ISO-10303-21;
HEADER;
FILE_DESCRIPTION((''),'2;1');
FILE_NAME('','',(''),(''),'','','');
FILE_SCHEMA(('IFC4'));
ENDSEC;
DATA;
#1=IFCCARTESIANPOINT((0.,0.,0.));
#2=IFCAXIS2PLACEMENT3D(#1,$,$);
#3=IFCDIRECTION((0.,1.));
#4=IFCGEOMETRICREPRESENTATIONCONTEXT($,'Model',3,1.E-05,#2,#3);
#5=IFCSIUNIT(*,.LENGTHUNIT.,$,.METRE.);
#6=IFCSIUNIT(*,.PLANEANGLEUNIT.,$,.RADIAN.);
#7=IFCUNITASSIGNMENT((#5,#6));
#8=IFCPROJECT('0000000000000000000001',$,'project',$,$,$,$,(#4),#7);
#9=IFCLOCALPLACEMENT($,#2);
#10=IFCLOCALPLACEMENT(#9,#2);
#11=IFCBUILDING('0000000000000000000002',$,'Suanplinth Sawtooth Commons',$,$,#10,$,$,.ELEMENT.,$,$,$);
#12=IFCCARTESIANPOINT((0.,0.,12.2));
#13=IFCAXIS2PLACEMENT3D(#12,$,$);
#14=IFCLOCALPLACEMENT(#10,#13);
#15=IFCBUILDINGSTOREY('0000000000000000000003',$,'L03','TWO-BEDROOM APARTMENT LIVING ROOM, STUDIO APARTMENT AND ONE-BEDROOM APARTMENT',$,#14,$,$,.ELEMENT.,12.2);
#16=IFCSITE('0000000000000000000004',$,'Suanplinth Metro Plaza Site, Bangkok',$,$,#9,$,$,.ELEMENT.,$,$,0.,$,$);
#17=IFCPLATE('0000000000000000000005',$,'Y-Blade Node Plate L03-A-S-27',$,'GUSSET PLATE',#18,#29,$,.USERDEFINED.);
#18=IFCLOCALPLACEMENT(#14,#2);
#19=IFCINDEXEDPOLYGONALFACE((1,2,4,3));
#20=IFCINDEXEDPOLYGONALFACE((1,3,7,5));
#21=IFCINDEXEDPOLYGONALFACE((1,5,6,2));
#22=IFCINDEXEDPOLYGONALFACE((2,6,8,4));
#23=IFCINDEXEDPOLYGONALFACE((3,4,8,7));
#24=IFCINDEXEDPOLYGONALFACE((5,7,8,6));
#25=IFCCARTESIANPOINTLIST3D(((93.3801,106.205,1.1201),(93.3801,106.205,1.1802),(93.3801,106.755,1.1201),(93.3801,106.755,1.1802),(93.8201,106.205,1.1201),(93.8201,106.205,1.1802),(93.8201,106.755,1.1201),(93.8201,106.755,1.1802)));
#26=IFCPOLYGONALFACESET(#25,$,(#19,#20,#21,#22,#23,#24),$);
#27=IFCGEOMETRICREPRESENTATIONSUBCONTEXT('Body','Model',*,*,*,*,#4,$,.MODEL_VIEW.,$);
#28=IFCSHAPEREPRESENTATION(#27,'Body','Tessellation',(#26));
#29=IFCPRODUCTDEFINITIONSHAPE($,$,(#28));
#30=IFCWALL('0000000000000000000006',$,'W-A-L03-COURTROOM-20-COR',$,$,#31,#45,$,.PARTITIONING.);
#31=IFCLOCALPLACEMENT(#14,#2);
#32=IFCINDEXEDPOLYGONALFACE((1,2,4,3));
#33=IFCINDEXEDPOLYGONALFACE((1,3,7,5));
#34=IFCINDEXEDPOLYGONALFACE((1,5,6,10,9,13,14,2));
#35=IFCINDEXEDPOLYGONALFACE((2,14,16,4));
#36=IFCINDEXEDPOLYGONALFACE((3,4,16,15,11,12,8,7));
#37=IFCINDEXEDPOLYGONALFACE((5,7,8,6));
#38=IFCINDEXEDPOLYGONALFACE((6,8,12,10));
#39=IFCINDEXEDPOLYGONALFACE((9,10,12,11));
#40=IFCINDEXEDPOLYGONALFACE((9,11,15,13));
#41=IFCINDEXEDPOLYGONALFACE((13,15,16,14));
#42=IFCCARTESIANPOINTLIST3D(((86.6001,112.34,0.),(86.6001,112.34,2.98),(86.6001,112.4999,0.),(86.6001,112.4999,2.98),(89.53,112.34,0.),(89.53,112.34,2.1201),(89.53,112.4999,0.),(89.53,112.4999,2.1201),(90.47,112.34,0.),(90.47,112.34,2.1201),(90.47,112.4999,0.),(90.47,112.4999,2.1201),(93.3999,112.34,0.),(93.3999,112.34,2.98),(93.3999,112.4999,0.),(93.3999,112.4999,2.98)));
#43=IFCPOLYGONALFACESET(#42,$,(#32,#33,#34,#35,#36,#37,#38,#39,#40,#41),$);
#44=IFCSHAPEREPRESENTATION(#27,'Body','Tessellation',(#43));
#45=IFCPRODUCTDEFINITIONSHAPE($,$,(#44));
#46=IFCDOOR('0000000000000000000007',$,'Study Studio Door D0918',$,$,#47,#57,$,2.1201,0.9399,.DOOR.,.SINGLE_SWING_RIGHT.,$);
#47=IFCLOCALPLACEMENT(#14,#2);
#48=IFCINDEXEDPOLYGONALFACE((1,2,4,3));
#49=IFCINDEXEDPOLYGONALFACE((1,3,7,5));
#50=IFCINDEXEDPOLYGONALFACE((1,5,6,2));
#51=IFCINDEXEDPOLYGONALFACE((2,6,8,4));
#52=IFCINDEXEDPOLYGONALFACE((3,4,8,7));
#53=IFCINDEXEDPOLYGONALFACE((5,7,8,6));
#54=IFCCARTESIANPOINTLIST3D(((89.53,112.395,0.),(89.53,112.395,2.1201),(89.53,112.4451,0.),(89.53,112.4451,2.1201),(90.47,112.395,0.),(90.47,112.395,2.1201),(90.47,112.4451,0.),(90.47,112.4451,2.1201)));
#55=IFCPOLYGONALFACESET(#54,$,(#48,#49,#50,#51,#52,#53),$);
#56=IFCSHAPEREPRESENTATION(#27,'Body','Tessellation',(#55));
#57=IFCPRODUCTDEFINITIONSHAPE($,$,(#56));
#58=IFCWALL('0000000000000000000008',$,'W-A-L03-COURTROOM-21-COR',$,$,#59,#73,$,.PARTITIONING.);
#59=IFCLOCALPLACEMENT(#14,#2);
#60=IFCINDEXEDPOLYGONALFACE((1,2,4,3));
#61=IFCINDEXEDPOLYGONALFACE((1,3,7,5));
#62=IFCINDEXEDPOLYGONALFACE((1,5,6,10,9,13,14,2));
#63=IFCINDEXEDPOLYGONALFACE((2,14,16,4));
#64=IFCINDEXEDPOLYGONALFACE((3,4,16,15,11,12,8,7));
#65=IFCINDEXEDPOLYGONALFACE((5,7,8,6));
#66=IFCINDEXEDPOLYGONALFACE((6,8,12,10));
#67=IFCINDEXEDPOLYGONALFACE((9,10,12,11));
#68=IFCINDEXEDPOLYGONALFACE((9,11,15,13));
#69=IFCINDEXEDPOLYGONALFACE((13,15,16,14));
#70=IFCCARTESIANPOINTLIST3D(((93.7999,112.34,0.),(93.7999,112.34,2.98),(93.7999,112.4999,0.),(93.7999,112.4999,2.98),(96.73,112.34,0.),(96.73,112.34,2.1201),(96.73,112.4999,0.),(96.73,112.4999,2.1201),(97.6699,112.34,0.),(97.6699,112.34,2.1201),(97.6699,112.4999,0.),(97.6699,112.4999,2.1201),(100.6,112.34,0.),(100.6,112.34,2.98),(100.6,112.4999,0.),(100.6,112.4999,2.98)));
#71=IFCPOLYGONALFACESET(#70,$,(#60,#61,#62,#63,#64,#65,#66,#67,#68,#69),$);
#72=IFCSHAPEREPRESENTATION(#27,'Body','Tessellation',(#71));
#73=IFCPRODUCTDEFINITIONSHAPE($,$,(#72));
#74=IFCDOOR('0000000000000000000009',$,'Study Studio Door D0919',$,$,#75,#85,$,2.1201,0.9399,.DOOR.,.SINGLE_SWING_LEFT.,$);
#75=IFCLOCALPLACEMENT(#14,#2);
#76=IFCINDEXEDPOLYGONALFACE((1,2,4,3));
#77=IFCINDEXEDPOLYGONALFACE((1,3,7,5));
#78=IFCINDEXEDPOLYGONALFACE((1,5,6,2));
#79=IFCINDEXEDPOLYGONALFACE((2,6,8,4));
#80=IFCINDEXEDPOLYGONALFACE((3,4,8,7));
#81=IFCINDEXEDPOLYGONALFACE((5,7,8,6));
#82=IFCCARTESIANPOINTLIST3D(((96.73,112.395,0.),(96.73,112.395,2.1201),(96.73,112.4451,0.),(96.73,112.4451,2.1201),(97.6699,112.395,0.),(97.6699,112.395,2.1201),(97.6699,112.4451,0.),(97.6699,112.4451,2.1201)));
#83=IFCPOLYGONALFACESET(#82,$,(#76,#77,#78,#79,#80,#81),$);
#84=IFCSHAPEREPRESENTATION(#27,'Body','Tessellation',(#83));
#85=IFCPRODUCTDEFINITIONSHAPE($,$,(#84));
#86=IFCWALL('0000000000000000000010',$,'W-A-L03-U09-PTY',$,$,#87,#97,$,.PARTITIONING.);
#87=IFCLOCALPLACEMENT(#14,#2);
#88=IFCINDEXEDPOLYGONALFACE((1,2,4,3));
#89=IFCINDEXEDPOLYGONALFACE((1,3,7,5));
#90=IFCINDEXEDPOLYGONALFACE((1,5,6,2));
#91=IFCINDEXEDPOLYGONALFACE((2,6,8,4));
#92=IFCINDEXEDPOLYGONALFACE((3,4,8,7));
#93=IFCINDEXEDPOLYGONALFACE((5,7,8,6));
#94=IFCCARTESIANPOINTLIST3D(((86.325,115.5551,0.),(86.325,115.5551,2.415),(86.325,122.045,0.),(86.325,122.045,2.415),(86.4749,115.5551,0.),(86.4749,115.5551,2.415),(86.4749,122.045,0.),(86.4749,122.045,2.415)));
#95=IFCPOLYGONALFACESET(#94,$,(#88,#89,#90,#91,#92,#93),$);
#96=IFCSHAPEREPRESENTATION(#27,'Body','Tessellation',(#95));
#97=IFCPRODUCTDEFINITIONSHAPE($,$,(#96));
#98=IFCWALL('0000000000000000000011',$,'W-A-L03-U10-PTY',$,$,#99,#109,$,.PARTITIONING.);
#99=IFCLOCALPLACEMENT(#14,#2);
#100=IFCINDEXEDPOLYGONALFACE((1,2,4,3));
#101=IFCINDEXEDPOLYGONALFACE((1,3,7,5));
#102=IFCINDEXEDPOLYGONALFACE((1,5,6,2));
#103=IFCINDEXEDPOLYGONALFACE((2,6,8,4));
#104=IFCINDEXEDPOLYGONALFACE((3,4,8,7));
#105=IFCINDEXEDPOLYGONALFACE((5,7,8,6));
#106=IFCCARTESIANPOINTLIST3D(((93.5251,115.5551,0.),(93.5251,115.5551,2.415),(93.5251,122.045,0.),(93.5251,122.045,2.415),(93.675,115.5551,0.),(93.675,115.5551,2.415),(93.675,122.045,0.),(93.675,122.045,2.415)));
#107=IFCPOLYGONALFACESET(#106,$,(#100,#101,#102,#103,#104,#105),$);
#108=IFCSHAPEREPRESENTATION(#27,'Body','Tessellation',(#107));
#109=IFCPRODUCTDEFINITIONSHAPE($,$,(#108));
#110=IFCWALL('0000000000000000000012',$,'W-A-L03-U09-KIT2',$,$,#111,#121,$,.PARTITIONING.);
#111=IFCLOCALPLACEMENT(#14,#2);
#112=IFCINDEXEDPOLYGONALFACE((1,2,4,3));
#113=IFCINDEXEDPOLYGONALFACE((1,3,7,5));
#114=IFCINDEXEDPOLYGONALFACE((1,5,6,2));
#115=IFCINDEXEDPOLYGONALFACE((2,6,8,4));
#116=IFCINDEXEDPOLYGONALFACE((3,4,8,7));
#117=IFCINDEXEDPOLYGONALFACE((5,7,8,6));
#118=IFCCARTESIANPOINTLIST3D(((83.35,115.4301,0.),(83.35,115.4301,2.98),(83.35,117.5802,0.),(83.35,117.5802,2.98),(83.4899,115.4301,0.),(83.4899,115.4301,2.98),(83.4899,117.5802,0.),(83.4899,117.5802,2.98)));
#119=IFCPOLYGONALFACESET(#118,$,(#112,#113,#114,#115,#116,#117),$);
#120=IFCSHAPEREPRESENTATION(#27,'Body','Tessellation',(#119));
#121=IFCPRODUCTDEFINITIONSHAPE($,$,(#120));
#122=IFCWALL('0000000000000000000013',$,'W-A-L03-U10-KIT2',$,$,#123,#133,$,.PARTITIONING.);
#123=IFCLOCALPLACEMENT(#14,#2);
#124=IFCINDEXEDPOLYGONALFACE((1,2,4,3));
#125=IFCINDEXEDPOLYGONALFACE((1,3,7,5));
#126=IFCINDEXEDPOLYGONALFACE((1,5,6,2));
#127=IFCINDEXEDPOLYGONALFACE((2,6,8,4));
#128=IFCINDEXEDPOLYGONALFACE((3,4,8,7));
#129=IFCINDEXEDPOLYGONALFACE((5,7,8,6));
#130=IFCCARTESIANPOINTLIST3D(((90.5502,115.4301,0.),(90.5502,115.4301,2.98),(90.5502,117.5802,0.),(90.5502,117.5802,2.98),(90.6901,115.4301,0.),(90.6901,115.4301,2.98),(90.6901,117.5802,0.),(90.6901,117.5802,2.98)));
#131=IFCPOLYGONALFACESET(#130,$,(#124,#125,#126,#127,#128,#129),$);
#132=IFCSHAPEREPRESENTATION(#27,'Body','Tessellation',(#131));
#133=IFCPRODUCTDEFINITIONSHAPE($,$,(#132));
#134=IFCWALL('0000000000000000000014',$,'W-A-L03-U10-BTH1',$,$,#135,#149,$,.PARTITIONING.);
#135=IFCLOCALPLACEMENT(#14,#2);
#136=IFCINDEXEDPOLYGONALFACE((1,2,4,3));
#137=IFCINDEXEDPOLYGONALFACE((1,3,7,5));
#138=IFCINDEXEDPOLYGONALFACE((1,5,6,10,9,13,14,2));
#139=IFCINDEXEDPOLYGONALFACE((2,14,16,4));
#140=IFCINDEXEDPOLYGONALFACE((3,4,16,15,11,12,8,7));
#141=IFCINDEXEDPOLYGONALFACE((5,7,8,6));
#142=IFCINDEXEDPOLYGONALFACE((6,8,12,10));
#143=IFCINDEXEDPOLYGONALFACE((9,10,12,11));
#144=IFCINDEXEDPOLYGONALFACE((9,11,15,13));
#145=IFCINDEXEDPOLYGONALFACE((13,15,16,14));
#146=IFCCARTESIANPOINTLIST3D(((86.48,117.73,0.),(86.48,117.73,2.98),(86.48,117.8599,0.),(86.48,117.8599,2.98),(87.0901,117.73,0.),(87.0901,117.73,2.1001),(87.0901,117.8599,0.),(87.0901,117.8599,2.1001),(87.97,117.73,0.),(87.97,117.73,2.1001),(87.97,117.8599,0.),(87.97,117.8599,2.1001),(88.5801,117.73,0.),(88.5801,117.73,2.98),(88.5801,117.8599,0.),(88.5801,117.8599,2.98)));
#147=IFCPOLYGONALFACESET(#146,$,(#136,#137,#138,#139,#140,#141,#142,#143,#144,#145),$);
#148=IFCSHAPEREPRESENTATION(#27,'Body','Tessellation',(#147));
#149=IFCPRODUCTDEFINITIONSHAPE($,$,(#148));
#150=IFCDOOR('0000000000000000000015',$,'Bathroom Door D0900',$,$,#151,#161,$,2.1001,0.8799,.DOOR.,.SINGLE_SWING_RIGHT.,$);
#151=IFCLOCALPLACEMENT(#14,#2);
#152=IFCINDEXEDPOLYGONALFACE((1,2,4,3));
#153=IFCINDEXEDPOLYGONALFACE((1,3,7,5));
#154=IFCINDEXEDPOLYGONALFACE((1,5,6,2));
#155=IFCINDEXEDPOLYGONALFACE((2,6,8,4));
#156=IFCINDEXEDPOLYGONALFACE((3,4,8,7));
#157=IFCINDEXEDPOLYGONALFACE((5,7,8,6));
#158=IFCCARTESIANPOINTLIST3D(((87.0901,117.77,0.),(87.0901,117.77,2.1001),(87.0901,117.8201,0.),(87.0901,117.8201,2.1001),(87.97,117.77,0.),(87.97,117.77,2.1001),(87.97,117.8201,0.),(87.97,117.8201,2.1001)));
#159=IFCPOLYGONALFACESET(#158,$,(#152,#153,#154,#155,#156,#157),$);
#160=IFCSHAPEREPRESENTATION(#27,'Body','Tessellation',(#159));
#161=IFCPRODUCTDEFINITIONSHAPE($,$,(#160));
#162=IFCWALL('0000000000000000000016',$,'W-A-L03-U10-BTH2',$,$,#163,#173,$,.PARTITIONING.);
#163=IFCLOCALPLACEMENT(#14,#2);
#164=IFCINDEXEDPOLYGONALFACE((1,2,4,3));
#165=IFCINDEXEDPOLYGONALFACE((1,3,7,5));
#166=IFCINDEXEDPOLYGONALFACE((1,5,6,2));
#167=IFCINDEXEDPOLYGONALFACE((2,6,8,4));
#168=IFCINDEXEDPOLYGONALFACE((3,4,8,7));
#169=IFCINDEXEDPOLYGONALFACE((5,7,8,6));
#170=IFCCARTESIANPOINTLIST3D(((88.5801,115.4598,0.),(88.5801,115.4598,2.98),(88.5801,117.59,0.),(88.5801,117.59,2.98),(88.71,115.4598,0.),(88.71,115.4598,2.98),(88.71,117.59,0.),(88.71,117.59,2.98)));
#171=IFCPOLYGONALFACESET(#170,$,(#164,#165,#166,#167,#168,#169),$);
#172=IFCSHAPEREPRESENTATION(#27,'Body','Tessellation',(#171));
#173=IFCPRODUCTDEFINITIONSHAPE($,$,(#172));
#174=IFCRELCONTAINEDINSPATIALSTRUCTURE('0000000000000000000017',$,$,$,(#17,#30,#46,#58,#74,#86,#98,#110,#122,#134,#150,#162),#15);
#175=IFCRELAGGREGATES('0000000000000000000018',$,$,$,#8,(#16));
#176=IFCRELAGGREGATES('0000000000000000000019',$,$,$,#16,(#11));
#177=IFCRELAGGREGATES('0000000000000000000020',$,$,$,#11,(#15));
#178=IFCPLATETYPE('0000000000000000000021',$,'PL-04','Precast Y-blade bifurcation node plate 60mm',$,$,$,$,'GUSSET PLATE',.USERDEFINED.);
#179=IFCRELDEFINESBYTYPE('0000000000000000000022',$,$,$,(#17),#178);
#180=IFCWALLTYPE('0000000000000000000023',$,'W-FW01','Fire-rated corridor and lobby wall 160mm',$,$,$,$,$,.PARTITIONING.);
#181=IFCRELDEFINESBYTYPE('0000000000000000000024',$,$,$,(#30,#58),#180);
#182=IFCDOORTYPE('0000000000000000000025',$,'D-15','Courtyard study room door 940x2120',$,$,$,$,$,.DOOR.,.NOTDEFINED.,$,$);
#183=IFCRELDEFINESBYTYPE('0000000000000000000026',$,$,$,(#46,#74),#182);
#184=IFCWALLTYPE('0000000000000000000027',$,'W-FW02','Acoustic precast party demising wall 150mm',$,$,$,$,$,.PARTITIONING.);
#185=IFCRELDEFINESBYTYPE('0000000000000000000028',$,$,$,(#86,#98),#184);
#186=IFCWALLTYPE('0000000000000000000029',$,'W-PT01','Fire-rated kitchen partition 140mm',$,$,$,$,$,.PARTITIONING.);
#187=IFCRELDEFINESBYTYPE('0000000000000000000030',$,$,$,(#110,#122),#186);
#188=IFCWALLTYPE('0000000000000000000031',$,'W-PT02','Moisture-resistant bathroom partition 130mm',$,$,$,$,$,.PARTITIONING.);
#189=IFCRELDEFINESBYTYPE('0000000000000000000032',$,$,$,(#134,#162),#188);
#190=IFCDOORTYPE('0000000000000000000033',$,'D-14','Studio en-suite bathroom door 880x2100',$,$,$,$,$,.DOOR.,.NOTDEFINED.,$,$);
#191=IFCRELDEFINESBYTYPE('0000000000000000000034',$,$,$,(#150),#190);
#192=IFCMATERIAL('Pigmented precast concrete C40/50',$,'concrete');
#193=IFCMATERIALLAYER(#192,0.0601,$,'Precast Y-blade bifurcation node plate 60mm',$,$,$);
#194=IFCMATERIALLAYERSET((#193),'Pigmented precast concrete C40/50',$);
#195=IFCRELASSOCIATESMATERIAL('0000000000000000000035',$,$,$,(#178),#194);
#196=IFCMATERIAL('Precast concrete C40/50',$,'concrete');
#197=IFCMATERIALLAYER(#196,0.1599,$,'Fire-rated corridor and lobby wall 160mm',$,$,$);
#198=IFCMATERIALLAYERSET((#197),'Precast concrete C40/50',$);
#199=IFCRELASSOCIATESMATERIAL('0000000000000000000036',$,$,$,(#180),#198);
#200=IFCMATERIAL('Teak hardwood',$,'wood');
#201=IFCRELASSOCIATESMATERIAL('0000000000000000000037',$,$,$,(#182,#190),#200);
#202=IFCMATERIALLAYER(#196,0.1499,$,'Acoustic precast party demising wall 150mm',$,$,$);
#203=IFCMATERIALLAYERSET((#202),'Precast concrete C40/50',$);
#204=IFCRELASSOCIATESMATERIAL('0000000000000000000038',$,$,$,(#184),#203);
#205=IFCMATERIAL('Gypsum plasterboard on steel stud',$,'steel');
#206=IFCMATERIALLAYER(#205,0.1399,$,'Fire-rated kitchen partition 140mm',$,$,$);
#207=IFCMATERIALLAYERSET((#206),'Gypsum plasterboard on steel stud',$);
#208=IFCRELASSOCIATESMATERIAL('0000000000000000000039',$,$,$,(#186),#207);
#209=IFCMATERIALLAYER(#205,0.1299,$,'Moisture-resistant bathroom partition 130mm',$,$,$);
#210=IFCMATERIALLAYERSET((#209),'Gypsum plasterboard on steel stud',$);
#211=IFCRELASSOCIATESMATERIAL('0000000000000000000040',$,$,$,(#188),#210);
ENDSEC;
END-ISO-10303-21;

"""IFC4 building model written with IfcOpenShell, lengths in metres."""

from ifc_helpers import new_model, si_unit, direction, frame, frame_2d, origin, origin_2d, place, context, subcontext, project, spatial, rectangle, extrude, material, layer, layer_set, type_object, element, fill, save


model = new_model("IFC4")

# Units and contexts
model_context = context("Model", 3, precision=1e-05, world=origin(), true_north=direction((0.0, 1.0)))
body_context = subcontext(model_context, "Body", "Model", "MODEL_VIEW")
ifc_project = project(units=[si_unit("LENGTHUNIT", "METRE"), si_unit("PLANEANGLEUNIT", "RADIAN")], contexts=[model_context])

# Site, building, storey
site_placement = place(None, origin())
site = spatial("IfcSite", under=ifc_project, at=site_placement, Name="Suanplinth Metro Plaza Site, Bangkok", CompositionType="ELEMENT", RefElevation=0.0)
building_placement = place(site_placement, origin())
building = spatial("IfcBuilding", under=site, at=building_placement, Name="Suanplinth Sawtooth Commons", CompositionType="ELEMENT")
storey_placement = place(building_placement, frame((0.0, 0.0, 12.2)))
storey = spatial("IfcBuildingStorey", under=building, at=storey_placement, Name="L03", Description="TWO-BEDROOM APARTMENT LIVING ROOM, STUDIO APARTMENT AND ONE-BEDROOM APARTMENT", CompositionType="ELEMENT", Elevation=12.2)

# Shared definitions
ifc_material_1 = material(Name="Precast concrete C40/50", Category="concrete")

# Shared definitions
ifc_material_2 = material(Name="Pigmented precast concrete C40/50", Category="concrete")

# Plate
ifc_layer_1 = layer(ifc_material_2, 0.0601, Name="Precast Y-blade bifurcation node plate 60mm")
ifc_layer_set_1 = layer_set([ifc_layer_1], Name="Pigmented precast concrete C40/50")
plate_type = type_object("IfcPlateType", Name="PL-04", Description="Precast Y-blade bifurcation node plate 60mm", ElementType="GUSSET PLATE", PredefinedType="USERDEFINED", material=ifc_layer_set_1)
plate_placement = place(storey_placement, frame((93.6001, 106.48, 1.1201), z_axis=(0.0, 0.0, 1.0), x_axis=(1.0, 0.0, 0.0)))
element("IfcPlate", 1, at=plate_placement, inside=storey, type_object=plate_type, Name="Y-Blade Node Plate L03-A-S-27", ObjectType="GUSSET PLATE", PredefinedType="USERDEFINED", context=body_context, shape_type="SweptSolid", body=[
    extrude(rectangle(XDim=0.4399, YDim=0.55, at=origin_2d()), origin(), (0.0, 0.0, 1.0), 0.0601),
])

# Walls, openings, doors
ifc_layer_2 = layer(ifc_material_1, 0.1599, Name="Fire-rated corridor and lobby wall 160mm")
ifc_layer_set_2 = layer_set([ifc_layer_2], Name="Precast concrete C40/50")
wall_type_1 = type_object("IfcWallType", Name="W-FW01", Description="Fire-rated corridor and lobby wall 160mm", PredefinedType="PARTITIONING", material=ifc_layer_set_2)
wall_1_placement = place(storey_placement, frame((86.6001, 112.4199, 0.0), z_axis=(0.0, 0.0, 1.0), x_axis=(1.0, 0.0, 0.0)))
wall_1 = element("IfcWall", 2, at=wall_1_placement, inside=storey, type_object=wall_type_1, Name="W-A-L03-COURTROOM-20-COR", PredefinedType="PARTITIONING", context=body_context, shape_type="SweptSolid", body=[
    extrude(rectangle(XDim=6.7998, YDim=0.1599, at=frame_2d((3.3999, 0.0))), origin(), (0.0, 0.0, 1.0), 2.98),
])
opening_1_placement = place(wall_1_placement, frame((2.9299, 0.0, 0.0)))
opening_1 = element("IfcOpeningElement", 3, at=opening_1_placement, cuts=wall_1, PredefinedType="OPENING", context=body_context, shape_type="SweptSolid", body=[
    extrude(rectangle(XDim=0.9399, YDim=2.1201, at=frame_2d((0.47, 1.0601))), frame((0.0, 0.0947, 0.0), z_axis=(0.0, -1.0, 0.0), x_axis=(1.0, 0.0, 0.0)), (0.0, 0.0, 1.0), 0.1897),
])
ifc_material_3 = material(Name="Teak hardwood", Category="wood")
door_type_1 = type_object("IfcDoorType", Name="D-15", Description="Courtyard study room door 940x2120", OperationType="NOTDEFINED", PredefinedType="DOOR", material=ifc_material_3)
door_1_placement = place(opening_1_placement, frame((0.9399, 0.0, 0.0), z_axis=(0.0, 0.0, 1.0), x_axis=(-1.0, 0.0, 0.0)))
door_1 = element("IfcDoor", 4, at=door_1_placement, inside=storey, type_object=door_type_1, Name="Study Studio Door D0918", OperationType="SINGLE_SWING_RIGHT", OverallHeight=2.1201, OverallWidth=0.9399, PredefinedType="DOOR", context=body_context, shape_type="SweptSolid", body=[
    extrude(rectangle(XDim=0.9399, YDim=2.1201, at=frame_2d((0.47, 1.0601))), frame((0.0, 0.0249, 0.0), z_axis=(0.0, -1.0, 0.0), x_axis=(1.0, 0.0, 0.0)), (0.0, 0.0, 1.0), 0.05),
])
fill(opening_1, door_1)
wall_2_placement = place(storey_placement, frame((93.8, 112.4199, 0.0), z_axis=(0.0, 0.0, 1.0), x_axis=(1.0, 0.0, 0.0)))
wall_2 = element("IfcWall", 5, at=wall_2_placement, inside=storey, type_object=wall_type_1, Name="W-A-L03-COURTROOM-21-COR", PredefinedType="PARTITIONING", context=body_context, shape_type="SweptSolid", body=[
    extrude(rectangle(XDim=6.8, YDim=0.1599, at=frame_2d((3.3999, 0.0))), origin(), (0.0, 0.0, 1.0), 2.98),
])
opening_2_placement = place(wall_2_placement, frame((2.9299, 0.0, 0.0)))
opening_2 = element("IfcOpeningElement", 6, at=opening_2_placement, cuts=wall_2, PredefinedType="OPENING", context=body_context, shape_type="SweptSolid", body=[
    extrude(rectangle(XDim=0.9399, YDim=2.1201, at=frame_2d((0.47, 1.0601))), frame((0.0, 0.0947, 0.0), z_axis=(0.0, -1.0, 0.0), x_axis=(1.0, 0.0, 0.0)), (0.0, 0.0, 1.0), 0.1897),
])
door_2_placement = place(opening_2_placement, frame((0.9399, 0.0, 0.0), z_axis=(0.0, 0.0, 1.0), x_axis=(-1.0, 0.0, 0.0)))
door_2 = element("IfcDoor", 7, at=door_2_placement, inside=storey, type_object=door_type_1, Name="Study Studio Door D0919", OperationType="SINGLE_SWING_LEFT", OverallHeight=2.1201, OverallWidth=0.9399, PredefinedType="DOOR", context=body_context, shape_type="SweptSolid", body=[
    extrude(rectangle(XDim=0.9399, YDim=2.1201, at=frame_2d((0.47, 1.0601))), frame((0.0, 0.0249, 0.0), z_axis=(0.0, -1.0, 0.0), x_axis=(1.0, 0.0, 0.0)), (0.0, 0.0, 1.0), 0.05),
])
fill(opening_2, door_2)

# Walls
ifc_layer_3 = layer(ifc_material_1, 0.1499, Name="Acoustic precast party demising wall 150mm")
ifc_layer_set_3 = layer_set([ifc_layer_3], Name="Precast concrete C40/50")
wall_type_2 = type_object("IfcWallType", Name="W-FW02", Description="Acoustic precast party demising wall 150mm", PredefinedType="PARTITIONING", material=ifc_layer_set_3)
for number, where, z_axis, x_axis, name in (
    (8, (86.3999, 115.5549, 0.0), (0.0, 0.0, 1.0), (0.0, 1.0, 0.0), "W-A-L03-U09-PTY"),
    (9, (93.6001, 115.5549, 0.0), (0.0, 0.0, 1.0), (0.0, 1.0, 0.0), "W-A-L03-U10-PTY"),
):
    element("IfcWall", number, at=place(storey_placement, frame(where, z_axis=z_axis, x_axis=x_axis)), inside=storey, type_object=wall_type_2, Name=name, PredefinedType="PARTITIONING", context=body_context, shape_type="SweptSolid", body=[
        extrude(rectangle(XDim=6.49, YDim=0.1499, at=frame_2d((3.2451, 0.0))), origin(), (0.0, 0.0, 1.0), 2.415),
    ])
ifc_material_4 = material(Name="Gypsum plasterboard on steel stud", Category="steel")
ifc_layer_4 = layer(ifc_material_4, 0.1399, Name="Fire-rated kitchen partition 140mm")
ifc_layer_set_4 = layer_set([ifc_layer_4], Name="Gypsum plasterboard on steel stud")
wall_type_3 = type_object("IfcWallType", Name="W-PT01", Description="Fire-rated kitchen partition 140mm", PredefinedType="PARTITIONING", material=ifc_layer_set_4)
for number, where, z_axis, x_axis, name in (
    (10, (83.4199, 115.4299, 0.0), (0.0, 0.0, 1.0), (0.0, 1.0, 0.0), "W-A-L03-U09-KIT2"),
    (11, (90.6201, 115.4299, 0.0), (0.0, 0.0, 1.0), (0.0, 1.0, 0.0), "W-A-L03-U10-KIT2"),
):
    element("IfcWall", number, at=place(storey_placement, frame(where, z_axis=z_axis, x_axis=x_axis)), inside=storey, type_object=wall_type_3, Name=name, PredefinedType="PARTITIONING", context=body_context, shape_type="SweptSolid", body=[
        extrude(rectangle(XDim=2.1501, YDim=0.1399, at=frame_2d((1.0752, 0.0))), origin(), (0.0, 0.0, 1.0), 2.98),
    ])

# Wall, opening, door
ifc_layer_5 = layer(ifc_material_4, 0.1299, Name="Moisture-resistant bathroom partition 130mm")
ifc_layer_set_5 = layer_set([ifc_layer_5], Name="Gypsum plasterboard on steel stud")
wall_type_4 = type_object("IfcWallType", Name="W-PT02", Description="Moisture-resistant bathroom partition 130mm", PredefinedType="PARTITIONING", material=ifc_layer_set_5)
wall_3_placement = place(storey_placement, frame((86.48, 117.7949, 0.0), z_axis=(0.0, 0.0, 1.0), x_axis=(1.0, 0.0, 0.0)))
wall_3 = element("IfcWall", 12, at=wall_3_placement, inside=storey, type_object=wall_type_4, Name="W-A-L03-U10-BTH1", PredefinedType="PARTITIONING", context=body_context, shape_type="SweptSolid", body=[
    extrude(rectangle(XDim=2.1001, YDim=0.1299, at=frame_2d((1.05, 0.0))), origin(), (0.0, 0.0, 1.0), 2.98),
])
opening_3_placement = place(wall_3_placement, frame((0.6101, 0.0, 0.0)))
opening_3 = element("IfcOpeningElement", 13, at=opening_3_placement, cuts=wall_3, PredefinedType="OPENING", context=body_context, shape_type="SweptSolid", body=[
    extrude(rectangle(XDim=0.8799, YDim=2.1001, at=frame_2d((0.4399, 1.05))), frame((0.0, 0.0798, 0.0), z_axis=(0.0, -1.0, 0.0), x_axis=(1.0, 0.0, 0.0)), (0.0, 0.0, 1.0), 0.1597),
])
door_type_2 = type_object("IfcDoorType", Name="D-14", Description="Studio en-suite bathroom door 880x2100", OperationType="NOTDEFINED", PredefinedType="DOOR", material=ifc_material_3)
door_3_placement = place(opening_3_placement, frame((0.8799, 0.0, 0.0), z_axis=(0.0, 0.0, 1.0), x_axis=(-1.0, 0.0, 0.0)))
door_3 = element("IfcDoor", 14, at=door_3_placement, inside=storey, type_object=door_type_2, Name="Bathroom Door D0900", OperationType="SINGLE_SWING_RIGHT", OverallHeight=2.1001, OverallWidth=0.8799, PredefinedType="DOOR", context=body_context, shape_type="SweptSolid", body=[
    extrude(rectangle(XDim=0.8799, YDim=2.1001, at=frame_2d((0.4399, 1.05))), frame((0.0, 0.0249, 0.0), z_axis=(0.0, -1.0, 0.0), x_axis=(1.0, 0.0, 0.0)), (0.0, 0.0, 1.0), 0.05),
])
fill(opening_3, door_3)

# Wall
wall_4_placement = place(storey_placement, frame((88.645, 115.46, 0.0), z_axis=(0.0, 0.0, 1.0), x_axis=(0.0, 1.0, 0.0)))
element("IfcWall", 15, at=wall_4_placement, inside=storey, type_object=wall_type_4, Name="W-A-L03-U10-BTH2", PredefinedType="PARTITIONING", context=body_context, shape_type="SweptSolid", body=[
    extrude(rectangle(XDim=2.1301, YDim=0.1299, at=frame_2d((1.0649, 0.0))), origin(), (0.0, 0.0, 1.0), 2.98),
])

save(model, "model.ifc")
